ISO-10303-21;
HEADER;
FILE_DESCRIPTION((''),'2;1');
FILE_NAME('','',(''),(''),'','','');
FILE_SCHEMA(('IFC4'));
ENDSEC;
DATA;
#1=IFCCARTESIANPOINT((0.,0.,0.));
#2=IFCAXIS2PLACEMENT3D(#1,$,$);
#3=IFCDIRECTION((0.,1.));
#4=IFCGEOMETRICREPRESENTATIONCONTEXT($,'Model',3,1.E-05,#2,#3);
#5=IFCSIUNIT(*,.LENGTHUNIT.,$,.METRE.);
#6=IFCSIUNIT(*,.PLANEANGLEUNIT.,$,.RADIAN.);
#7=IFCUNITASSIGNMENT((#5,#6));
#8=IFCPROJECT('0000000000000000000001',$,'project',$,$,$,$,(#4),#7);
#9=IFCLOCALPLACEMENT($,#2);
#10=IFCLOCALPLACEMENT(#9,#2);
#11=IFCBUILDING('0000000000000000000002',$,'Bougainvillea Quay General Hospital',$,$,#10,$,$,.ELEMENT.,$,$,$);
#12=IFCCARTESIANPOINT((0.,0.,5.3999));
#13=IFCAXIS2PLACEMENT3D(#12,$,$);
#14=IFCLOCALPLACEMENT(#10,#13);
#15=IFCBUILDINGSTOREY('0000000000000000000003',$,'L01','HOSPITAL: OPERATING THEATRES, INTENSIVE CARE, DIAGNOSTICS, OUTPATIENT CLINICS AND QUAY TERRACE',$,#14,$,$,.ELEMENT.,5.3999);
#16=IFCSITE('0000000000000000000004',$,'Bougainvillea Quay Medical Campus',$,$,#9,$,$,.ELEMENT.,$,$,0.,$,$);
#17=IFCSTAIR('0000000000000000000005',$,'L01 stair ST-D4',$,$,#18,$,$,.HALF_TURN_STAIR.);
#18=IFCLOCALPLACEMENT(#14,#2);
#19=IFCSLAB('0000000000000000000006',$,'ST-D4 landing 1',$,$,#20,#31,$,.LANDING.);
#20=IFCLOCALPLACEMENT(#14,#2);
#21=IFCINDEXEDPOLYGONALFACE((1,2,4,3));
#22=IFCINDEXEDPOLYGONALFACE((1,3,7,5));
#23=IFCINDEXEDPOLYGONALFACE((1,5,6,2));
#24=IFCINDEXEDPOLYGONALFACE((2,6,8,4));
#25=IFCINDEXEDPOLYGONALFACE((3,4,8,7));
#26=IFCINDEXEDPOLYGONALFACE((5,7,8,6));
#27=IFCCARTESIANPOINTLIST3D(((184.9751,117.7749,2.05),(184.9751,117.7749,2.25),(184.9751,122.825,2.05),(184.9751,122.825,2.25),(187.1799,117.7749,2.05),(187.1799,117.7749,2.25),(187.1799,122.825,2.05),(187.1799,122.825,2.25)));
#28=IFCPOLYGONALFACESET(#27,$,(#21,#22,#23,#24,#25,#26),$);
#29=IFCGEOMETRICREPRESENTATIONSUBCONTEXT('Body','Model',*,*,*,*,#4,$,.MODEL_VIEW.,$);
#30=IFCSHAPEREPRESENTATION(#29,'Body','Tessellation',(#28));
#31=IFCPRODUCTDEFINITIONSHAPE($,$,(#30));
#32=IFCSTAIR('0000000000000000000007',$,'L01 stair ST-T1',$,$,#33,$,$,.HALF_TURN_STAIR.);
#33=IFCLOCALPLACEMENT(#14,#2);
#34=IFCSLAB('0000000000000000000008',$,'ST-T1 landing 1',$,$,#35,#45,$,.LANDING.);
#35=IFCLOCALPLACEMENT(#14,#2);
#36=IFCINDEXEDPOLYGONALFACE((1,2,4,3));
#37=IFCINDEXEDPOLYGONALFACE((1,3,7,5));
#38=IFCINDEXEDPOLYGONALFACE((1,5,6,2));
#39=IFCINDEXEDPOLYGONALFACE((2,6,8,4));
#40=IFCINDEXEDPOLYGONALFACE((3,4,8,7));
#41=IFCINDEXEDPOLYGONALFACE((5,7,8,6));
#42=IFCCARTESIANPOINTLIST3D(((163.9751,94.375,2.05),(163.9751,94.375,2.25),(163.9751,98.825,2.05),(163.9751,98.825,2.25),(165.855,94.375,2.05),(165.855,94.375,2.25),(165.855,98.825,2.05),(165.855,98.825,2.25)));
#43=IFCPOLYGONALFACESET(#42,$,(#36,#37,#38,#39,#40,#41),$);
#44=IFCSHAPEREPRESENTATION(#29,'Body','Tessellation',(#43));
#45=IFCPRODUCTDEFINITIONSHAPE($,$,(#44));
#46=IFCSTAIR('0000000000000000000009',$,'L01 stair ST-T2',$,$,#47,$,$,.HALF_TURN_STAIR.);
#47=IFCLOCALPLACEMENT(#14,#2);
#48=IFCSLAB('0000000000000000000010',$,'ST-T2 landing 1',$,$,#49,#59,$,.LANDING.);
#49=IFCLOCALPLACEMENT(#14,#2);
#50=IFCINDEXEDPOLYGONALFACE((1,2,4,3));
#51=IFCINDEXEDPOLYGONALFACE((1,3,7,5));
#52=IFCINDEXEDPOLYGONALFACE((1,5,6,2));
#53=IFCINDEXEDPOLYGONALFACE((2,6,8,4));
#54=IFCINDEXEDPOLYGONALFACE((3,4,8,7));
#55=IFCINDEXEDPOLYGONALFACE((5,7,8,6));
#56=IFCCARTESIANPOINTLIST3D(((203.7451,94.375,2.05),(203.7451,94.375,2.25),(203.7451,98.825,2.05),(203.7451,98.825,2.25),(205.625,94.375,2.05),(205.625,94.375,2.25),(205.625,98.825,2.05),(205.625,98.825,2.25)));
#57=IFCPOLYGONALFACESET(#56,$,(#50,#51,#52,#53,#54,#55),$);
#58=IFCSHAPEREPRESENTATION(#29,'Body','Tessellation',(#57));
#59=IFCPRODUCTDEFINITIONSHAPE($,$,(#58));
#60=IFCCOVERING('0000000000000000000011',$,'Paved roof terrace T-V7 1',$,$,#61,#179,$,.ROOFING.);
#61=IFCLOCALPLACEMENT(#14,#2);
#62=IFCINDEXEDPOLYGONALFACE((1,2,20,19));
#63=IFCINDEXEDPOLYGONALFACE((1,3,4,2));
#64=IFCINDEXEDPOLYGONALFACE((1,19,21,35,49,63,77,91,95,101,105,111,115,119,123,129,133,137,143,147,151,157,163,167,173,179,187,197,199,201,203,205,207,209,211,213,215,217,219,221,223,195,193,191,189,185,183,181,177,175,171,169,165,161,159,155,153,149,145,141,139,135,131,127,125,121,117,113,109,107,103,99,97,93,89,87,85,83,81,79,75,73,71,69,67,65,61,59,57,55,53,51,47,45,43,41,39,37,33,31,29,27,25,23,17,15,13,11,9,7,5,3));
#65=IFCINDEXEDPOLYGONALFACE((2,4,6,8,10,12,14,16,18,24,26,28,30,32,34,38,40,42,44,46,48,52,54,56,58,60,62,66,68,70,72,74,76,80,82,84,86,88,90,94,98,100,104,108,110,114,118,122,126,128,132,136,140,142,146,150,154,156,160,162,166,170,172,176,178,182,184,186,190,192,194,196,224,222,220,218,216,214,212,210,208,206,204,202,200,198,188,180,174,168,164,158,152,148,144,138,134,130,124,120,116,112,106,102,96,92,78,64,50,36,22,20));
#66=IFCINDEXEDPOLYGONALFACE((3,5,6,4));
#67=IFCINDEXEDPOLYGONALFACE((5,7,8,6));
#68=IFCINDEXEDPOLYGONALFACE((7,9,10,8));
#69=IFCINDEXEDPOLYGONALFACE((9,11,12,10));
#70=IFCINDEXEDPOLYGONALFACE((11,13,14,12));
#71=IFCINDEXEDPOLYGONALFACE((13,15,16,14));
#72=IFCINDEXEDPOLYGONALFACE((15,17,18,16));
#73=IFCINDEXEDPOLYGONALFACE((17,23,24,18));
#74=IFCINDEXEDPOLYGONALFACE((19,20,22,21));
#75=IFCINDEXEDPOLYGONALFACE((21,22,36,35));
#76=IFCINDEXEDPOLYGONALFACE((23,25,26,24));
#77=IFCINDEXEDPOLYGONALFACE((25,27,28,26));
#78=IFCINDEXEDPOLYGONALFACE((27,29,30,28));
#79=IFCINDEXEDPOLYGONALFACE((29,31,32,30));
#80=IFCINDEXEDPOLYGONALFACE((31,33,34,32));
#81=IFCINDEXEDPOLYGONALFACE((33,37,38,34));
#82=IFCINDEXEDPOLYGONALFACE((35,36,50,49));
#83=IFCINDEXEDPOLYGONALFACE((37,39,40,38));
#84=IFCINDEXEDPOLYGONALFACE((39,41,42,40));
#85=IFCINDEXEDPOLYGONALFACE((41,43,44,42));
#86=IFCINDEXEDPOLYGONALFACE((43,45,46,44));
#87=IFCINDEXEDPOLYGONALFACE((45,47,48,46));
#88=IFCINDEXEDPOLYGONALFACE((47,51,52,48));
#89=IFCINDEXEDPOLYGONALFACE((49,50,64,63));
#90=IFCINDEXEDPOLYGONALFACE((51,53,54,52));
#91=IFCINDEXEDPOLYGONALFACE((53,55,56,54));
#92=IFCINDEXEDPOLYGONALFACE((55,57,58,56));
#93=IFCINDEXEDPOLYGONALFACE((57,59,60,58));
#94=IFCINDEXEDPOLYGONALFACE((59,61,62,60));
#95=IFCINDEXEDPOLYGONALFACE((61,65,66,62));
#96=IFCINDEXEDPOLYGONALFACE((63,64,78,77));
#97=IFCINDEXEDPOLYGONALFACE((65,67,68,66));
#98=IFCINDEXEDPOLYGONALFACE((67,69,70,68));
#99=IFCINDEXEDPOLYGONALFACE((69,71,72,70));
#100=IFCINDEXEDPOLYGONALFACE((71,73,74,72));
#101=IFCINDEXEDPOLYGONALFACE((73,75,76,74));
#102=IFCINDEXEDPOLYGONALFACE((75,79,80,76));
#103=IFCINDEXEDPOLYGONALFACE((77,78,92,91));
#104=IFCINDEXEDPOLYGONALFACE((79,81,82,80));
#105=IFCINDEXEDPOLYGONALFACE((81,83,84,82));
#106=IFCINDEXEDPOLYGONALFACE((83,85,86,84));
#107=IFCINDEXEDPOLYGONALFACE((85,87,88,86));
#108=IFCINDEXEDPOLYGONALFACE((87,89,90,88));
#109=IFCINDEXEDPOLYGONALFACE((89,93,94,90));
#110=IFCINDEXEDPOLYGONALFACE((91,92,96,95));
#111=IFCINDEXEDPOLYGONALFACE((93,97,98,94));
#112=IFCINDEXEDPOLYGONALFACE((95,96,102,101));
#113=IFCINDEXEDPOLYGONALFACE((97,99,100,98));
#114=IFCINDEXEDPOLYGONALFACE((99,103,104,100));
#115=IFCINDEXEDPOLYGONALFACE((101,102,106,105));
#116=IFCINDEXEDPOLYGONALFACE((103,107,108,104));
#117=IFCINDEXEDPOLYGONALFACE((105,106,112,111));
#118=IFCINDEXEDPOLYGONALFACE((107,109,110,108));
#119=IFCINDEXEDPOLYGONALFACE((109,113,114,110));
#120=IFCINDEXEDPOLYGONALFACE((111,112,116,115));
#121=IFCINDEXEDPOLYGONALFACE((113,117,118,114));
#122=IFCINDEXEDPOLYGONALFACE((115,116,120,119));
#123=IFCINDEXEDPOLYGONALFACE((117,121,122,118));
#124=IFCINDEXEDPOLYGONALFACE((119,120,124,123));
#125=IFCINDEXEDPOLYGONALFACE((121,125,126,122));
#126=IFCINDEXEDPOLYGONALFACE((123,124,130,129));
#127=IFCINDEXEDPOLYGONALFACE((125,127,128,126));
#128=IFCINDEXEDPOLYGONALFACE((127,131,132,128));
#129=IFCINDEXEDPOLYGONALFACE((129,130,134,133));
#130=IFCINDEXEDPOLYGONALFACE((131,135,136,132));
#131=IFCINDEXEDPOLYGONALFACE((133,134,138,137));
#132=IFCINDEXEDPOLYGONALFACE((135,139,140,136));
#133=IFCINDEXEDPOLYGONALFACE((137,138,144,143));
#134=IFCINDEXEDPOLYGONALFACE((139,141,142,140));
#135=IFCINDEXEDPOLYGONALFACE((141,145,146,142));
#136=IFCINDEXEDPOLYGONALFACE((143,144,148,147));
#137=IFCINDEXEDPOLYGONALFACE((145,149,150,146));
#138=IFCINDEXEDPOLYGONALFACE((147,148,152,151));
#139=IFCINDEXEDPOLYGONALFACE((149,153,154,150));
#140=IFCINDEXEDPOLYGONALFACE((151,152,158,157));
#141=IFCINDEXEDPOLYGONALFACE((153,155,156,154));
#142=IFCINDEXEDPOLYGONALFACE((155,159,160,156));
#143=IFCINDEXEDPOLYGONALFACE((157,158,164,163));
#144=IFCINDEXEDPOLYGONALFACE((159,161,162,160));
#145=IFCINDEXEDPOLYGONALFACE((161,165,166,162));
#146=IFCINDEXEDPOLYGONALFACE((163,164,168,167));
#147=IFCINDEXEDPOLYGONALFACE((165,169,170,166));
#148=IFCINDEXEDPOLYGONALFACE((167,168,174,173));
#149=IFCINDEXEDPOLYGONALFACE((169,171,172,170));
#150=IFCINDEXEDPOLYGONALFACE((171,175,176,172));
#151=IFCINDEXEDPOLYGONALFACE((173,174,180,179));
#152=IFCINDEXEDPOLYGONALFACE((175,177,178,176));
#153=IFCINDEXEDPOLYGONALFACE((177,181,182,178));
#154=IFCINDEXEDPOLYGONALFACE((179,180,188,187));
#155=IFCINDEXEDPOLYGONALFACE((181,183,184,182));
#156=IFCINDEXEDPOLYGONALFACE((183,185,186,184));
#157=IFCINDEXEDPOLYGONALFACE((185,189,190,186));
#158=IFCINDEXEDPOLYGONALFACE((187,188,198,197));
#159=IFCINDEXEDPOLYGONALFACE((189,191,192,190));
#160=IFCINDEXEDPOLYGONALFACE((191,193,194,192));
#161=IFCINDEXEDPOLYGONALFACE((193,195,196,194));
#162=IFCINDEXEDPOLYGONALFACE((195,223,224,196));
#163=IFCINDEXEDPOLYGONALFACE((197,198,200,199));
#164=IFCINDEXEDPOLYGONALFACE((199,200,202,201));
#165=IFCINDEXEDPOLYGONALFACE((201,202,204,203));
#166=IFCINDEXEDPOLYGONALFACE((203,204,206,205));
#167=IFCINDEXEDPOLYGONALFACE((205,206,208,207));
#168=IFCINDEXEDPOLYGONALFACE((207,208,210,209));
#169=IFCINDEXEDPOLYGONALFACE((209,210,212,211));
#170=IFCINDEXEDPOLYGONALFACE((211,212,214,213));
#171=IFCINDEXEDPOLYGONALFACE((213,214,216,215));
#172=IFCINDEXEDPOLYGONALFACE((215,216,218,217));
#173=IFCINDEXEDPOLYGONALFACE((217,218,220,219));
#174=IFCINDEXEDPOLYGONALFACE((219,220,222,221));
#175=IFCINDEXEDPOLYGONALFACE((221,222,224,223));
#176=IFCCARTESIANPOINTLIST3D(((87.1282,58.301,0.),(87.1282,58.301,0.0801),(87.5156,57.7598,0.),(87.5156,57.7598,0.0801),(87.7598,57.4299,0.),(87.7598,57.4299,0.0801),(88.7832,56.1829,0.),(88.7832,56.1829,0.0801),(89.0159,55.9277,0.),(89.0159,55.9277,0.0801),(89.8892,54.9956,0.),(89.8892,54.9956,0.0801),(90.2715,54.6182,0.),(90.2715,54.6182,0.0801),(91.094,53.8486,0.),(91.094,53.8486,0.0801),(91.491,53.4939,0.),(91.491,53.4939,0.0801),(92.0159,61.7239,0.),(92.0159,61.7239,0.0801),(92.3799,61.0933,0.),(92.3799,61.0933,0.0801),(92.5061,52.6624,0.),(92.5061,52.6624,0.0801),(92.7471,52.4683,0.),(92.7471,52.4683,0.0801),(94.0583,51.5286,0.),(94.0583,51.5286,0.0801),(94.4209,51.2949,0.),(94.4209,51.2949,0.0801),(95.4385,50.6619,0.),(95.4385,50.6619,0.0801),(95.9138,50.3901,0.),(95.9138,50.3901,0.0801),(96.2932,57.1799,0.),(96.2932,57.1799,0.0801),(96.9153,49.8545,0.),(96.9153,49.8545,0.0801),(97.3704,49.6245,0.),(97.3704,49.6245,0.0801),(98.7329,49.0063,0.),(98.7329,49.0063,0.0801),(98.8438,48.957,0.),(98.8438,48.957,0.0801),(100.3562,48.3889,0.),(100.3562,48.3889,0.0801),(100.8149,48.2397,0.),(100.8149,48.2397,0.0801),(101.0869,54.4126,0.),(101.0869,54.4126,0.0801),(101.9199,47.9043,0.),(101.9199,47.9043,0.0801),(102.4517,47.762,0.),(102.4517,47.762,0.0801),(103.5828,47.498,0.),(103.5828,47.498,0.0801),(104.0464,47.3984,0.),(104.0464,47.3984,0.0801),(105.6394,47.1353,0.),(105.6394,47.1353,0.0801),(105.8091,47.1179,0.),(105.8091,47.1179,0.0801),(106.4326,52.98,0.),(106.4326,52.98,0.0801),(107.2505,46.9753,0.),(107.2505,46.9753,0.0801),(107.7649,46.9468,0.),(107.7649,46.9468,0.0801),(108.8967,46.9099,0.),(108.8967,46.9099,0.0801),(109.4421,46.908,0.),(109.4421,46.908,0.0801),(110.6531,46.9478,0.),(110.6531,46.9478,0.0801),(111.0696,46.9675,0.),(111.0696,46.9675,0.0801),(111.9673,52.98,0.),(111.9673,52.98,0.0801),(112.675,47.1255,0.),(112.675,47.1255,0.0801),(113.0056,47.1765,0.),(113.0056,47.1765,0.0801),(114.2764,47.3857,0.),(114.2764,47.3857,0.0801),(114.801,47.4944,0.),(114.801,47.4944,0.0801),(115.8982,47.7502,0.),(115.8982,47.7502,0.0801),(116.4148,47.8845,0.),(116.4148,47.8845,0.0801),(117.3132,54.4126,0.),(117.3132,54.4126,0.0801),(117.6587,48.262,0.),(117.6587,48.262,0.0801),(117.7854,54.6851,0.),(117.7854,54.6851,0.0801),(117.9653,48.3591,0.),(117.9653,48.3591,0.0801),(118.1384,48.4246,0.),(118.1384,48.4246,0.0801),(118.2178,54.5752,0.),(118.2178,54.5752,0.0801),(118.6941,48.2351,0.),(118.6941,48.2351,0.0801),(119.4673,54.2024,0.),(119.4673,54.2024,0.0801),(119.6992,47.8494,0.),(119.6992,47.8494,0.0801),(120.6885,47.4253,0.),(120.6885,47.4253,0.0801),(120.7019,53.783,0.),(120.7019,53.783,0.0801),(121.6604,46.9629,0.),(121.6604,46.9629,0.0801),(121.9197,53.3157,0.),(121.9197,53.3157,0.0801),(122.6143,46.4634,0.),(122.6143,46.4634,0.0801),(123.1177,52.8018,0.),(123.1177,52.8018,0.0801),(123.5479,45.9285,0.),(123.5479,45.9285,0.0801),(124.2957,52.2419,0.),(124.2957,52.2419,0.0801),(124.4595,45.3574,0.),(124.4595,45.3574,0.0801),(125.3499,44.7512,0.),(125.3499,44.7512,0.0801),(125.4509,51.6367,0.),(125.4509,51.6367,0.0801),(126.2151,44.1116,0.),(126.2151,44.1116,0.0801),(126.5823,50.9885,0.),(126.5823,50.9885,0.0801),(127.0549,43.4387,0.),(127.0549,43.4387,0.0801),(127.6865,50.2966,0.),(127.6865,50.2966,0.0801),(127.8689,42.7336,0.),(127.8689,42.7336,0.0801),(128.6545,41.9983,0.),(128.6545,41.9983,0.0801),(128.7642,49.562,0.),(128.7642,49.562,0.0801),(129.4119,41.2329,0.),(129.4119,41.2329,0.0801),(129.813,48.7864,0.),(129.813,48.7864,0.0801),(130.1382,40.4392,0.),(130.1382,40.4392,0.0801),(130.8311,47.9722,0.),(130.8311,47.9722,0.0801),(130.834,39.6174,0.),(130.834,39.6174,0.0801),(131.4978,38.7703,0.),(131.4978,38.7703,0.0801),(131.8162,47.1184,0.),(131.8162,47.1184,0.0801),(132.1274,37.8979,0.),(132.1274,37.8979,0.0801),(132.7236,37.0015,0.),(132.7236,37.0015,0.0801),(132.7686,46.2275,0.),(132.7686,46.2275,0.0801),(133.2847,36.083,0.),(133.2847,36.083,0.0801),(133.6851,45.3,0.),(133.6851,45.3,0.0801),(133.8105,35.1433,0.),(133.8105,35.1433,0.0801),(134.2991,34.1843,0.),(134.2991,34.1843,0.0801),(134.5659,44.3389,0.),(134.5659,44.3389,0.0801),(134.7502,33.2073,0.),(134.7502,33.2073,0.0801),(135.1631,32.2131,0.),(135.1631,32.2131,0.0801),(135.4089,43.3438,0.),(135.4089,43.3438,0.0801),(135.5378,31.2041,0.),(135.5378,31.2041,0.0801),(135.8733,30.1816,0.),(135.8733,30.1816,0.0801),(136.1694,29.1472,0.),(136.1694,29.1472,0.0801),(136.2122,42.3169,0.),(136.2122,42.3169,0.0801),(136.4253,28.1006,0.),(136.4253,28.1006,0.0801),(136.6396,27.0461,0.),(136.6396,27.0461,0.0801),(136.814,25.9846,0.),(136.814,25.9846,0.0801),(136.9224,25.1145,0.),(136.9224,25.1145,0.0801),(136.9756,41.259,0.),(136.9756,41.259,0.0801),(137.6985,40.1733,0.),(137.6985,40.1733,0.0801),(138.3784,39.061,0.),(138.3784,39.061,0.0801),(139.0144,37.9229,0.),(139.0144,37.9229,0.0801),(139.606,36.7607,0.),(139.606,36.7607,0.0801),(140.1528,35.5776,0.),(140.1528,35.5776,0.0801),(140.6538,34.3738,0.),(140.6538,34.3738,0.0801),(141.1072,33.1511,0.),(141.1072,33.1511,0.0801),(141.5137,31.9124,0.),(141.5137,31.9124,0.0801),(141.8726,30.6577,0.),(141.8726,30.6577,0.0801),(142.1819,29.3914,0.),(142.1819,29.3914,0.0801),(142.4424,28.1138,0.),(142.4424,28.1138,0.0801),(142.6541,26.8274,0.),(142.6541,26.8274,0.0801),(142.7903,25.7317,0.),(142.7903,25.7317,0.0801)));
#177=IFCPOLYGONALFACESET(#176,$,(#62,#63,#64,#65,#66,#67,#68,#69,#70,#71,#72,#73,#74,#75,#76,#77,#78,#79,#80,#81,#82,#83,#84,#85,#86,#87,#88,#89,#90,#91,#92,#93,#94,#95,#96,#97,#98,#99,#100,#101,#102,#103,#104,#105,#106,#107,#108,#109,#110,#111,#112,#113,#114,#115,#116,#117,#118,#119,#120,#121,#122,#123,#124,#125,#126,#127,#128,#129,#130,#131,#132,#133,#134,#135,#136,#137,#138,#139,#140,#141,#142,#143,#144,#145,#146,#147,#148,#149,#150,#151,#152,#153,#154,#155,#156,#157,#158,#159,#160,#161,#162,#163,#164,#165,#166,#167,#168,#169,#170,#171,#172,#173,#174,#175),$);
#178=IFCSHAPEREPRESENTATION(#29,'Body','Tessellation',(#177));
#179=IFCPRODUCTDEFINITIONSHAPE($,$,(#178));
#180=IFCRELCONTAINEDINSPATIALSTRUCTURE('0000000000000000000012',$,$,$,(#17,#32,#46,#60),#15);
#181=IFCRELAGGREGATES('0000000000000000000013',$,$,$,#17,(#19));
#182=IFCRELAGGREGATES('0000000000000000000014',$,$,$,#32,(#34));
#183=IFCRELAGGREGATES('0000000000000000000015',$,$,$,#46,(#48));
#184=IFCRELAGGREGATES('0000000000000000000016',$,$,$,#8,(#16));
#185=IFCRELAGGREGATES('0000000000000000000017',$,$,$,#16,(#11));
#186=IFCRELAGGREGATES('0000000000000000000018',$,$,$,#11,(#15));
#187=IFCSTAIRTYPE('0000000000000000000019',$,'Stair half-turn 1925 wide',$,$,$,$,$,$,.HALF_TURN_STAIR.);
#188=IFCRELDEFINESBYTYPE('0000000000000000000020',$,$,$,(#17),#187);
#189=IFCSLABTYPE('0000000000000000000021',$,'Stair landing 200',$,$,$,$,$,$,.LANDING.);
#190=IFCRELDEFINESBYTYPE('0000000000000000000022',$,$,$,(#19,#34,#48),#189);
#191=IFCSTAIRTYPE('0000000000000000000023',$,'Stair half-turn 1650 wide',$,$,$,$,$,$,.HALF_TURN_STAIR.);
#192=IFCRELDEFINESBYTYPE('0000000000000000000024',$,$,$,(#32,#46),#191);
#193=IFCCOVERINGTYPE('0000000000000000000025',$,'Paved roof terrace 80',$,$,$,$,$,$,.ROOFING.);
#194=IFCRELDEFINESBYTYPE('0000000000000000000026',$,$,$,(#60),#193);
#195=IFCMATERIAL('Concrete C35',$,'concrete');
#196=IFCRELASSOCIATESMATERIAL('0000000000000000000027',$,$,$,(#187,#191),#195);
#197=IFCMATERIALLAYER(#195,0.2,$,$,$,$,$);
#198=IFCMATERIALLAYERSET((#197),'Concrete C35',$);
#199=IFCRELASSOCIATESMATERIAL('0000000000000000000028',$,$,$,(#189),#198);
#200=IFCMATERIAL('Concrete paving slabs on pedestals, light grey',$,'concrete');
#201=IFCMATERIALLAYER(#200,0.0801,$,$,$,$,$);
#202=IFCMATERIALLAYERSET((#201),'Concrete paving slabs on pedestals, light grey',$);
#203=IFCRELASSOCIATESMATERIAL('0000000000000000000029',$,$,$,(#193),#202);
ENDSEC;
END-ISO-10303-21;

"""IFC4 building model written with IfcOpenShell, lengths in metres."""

from ifc_helpers import new_model, si_unit, direction, frame, origin, place, context, subcontext, project, spatial, polyline, outline, extrude, material, layer, layer_set, type_object, element, aggregate, save


model = new_model("IFC4")

# Units and contexts
model_context = context("Model", 3, precision=1e-05, world=origin(), true_north=direction((0.0, 1.0)))
body_context = subcontext(model_context, "Body", "Model", "MODEL_VIEW")
ifc_project = project(units=[si_unit("LENGTHUNIT", "METRE"), si_unit("PLANEANGLEUNIT", "RADIAN")], contexts=[model_context])

# Site, building, storey
site_placement = place(None, origin())
site = spatial("IfcSite", under=ifc_project, at=site_placement, Name="Bougainvillea Quay Medical Campus", CompositionType="ELEMENT", RefElevation=0.0)
building_placement = place(site_placement, origin())
building = spatial("IfcBuilding", under=site, at=building_placement, Name="Bougainvillea Quay General Hospital", CompositionType="ELEMENT")
storey_placement = place(building_placement, frame((0.0, 0.0, 5.3999)))
storey = spatial("IfcBuildingStorey", under=building, at=storey_placement, Name="L01", Description="HOSPITAL: OPERATING THEATRES, INTENSIVE CARE, DIAGNOSTICS, OUTPATIENT CLINICS AND QUAY TERRACE", CompositionType="ELEMENT", Elevation=5.3999)

# Shared definitions
ifc_material_1 = material(Name="Concrete C35", Category="concrete")

# Stairs, slabs
stair_type_1 = type_object("IfcStairType", Name="Stair half-turn 1925 wide", PredefinedType="HALF_TURN_STAIR", material=ifc_material_1)
ifc_layer_1 = layer(ifc_material_1, 0.2)
ifc_layer_set_1 = layer_set([ifc_layer_1], Name="Concrete C35")
slab_type_1 = type_object("IfcSlabType", Name="Stair landing 200", PredefinedType="LANDING", material=ifc_layer_set_1)
stair_1_placement = place(storey_placement, origin())
stair_1 = element("IfcStair", 1, at=stair_1_placement, inside=storey, type_object=stair_type_1, Name="L01 stair ST-D4", PredefinedType="HALF_TURN_STAIR")
slab_1_placement = place(storey_placement, frame((0.0, 0.0, 2.05)))
slab_1 = element("IfcSlab", 2, at=slab_1_placement, type_object=slab_type_1, Name="ST-D4 landing 1", PredefinedType="LANDING", context=body_context, shape_type="SweptSolid", body=[
    extrude(outline(polyline([(187.1799, 122.825), (184.9751, 122.825), (184.9751, 117.7749), (187.1799, 117.7749), (187.1799, 122.825)])), origin(), (0.0, 0.0, 1.0), 0.2),
])
aggregate(stair_1, [slab_1])
stair_type_2 = type_object("IfcStairType", Name="Stair half-turn 1650 wide", PredefinedType="HALF_TURN_STAIR", material=ifc_material_1)
stair_2_placement = place(storey_placement, origin())
stair_2 = element("IfcStair", 3, at=stair_2_placement, inside=storey, type_object=stair_type_2, Name="L01 stair ST-T1", PredefinedType="HALF_TURN_STAIR")
slab_2_placement = place(storey_placement, frame((0.0, 0.0, 2.05)))
slab_2 = element("IfcSlab", 4, at=slab_2_placement, type_object=slab_type_1, Name="ST-T1 landing 1", PredefinedType="LANDING", context=body_context, shape_type="SweptSolid", body=[
    extrude(outline(polyline([(165.855, 98.825), (163.9751, 98.825), (163.9751, 94.375), (165.855, 94.375), (165.855, 98.825)])), origin(), (0.0, 0.0, 1.0), 0.2),
])
aggregate(stair_2, [slab_2])
stair_3_placement = place(storey_placement, origin())
stair_3 = element("IfcStair", 5, at=stair_3_placement, inside=storey, type_object=stair_type_2, Name="L01 stair ST-T2", PredefinedType="HALF_TURN_STAIR")
slab_3_placement = place(storey_placement, frame((0.0, 0.0, 2.05)))
slab_3 = element("IfcSlab", 6, at=slab_3_placement, type_object=slab_type_1, Name="ST-T2 landing 1", PredefinedType="LANDING", context=body_context, shape_type="SweptSolid", body=[
    extrude(outline(polyline([(203.7451, 94.375), (205.625, 94.375), (205.625, 98.825), (203.7451, 98.825), (203.7451, 94.375)])), origin(), (0.0, 0.0, 1.0), 0.2),
])
aggregate(stair_3, [slab_3])

# Covering
ifc_material_2 = material(Name="Concrete paving slabs on pedestals, light grey", Category="concrete")
ifc_layer_2 = layer(ifc_material_2, 0.0801)
ifc_layer_set_2 = layer_set([ifc_layer_2], Name="Concrete paving slabs on pedestals, light grey")
covering_type_1 = type_object("IfcCoveringType", Name="Paved roof terrace 80", PredefinedType="ROOFING", material=ifc_layer_set_2)
covering_1_placement = place(storey_placement, origin())
element("IfcCovering", 7, at=covering_1_placement, inside=storey, type_object=covering_type_1, Name="Paved roof terrace T-V7 1", PredefinedType="ROOFING", context=body_context, shape_type="SweptSolid", body=[
    extrude(outline(polyline([(119.4673, 54.2024), (120.7019, 53.783), (121.9197, 53.3157), (123.1177, 52.8018), (124.2957, 52.2419), (125.4509, 51.6367), (126.5823, 50.9885), (127.6865, 50.2966), (128.7642, 49.562), (129.813, 48.7864), (130.8311, 47.9722), (131.8162, 47.1184), (132.7686, 46.2275), (133.6851, 45.3), (134.5659, 44.3389), (135.4089, 43.3438), (136.2122, 42.3169), (136.9756, 41.259), (137.6985, 40.1733), (138.3784, 39.061), (139.0144, 37.9229), (139.606, 36.7607), (140.1528, 35.5776), (140.6538, 34.3738), (141.1072, 33.1511), (141.5137, 31.9124), (141.8726, 30.6577), (142.1819, 29.3914), (142.4424, 28.1138), (142.6541, 26.8274), (142.7903, 25.7317), (136.9224, 25.1145), (136.814, 25.9846), (136.6396, 27.0461), (136.4253, 28.1006), (136.1694, 29.1472), (135.8733, 30.1816), (135.5378, 31.2041), (135.1631, 32.2131), (134.7502, 33.2073), (134.2991, 34.1843), (133.8105, 35.1433), (133.2847, 36.083), (132.7236, 37.0015), (132.1274, 37.8979), (131.4978, 38.7703), (130.834, 39.6174), (130.1382, 40.4392), (129.4119, 41.2329), (128.6545, 41.9983), (127.8689, 42.7336), (127.0549, 43.4387), (126.2151, 44.1116), (125.3499, 44.7512), (124.4595, 45.3574), (123.5479, 45.9285), (122.6143, 46.4634), (121.6604, 46.9629), (120.6885, 47.4253), (119.6992, 47.8494), (118.6941, 48.2351), (118.1384, 48.4246), (117.9653, 48.3591), (117.6587, 48.262), (116.4148, 47.8845), (115.8982, 47.7502), (114.801, 47.4944), (114.2764, 47.3857), (113.0056, 47.1765), (112.675, 47.1255), (111.0696, 46.9675), (110.6531, 46.9478), (109.4421, 46.908), (108.8967, 46.9099), (107.7649, 46.9468), (107.2505, 46.9753), (105.8091, 47.1179), (105.6394, 47.1353), (104.0464, 47.3984), (103.5828, 47.498), (102.4517, 47.762), (101.9199, 47.9043), (100.8149, 48.2397), (100.3562, 48.3889), (98.8438, 48.957), (98.7329, 49.0063), (97.3704, 49.6245), (96.9153, 49.8545), (95.9138, 50.3901), (95.4385, 50.6619), (94.4209, 51.2949), (94.0583, 51.5286), (92.7471, 52.4683), (92.5061, 52.6624), (91.491, 53.4939), (91.094, 53.8486), (90.2715, 54.6182), (89.8892, 54.9956), (89.0159, 55.9277), (88.7832, 56.1829), (87.7598, 57.4299), (87.5156, 57.7598), (87.1282, 58.301), (92.0159, 61.7239), (92.3799, 61.0933), (96.2932, 57.1799), (101.0869, 54.4126), (106.4326, 52.98), (111.9673, 52.98), (117.3132, 54.4126), (117.7854, 54.6851), (118.2178, 54.5752), (119.4673, 54.2024)])), origin(), (0.0, 0.0, 1.0), 0.0801),
])

save(model, "model.ifc")
